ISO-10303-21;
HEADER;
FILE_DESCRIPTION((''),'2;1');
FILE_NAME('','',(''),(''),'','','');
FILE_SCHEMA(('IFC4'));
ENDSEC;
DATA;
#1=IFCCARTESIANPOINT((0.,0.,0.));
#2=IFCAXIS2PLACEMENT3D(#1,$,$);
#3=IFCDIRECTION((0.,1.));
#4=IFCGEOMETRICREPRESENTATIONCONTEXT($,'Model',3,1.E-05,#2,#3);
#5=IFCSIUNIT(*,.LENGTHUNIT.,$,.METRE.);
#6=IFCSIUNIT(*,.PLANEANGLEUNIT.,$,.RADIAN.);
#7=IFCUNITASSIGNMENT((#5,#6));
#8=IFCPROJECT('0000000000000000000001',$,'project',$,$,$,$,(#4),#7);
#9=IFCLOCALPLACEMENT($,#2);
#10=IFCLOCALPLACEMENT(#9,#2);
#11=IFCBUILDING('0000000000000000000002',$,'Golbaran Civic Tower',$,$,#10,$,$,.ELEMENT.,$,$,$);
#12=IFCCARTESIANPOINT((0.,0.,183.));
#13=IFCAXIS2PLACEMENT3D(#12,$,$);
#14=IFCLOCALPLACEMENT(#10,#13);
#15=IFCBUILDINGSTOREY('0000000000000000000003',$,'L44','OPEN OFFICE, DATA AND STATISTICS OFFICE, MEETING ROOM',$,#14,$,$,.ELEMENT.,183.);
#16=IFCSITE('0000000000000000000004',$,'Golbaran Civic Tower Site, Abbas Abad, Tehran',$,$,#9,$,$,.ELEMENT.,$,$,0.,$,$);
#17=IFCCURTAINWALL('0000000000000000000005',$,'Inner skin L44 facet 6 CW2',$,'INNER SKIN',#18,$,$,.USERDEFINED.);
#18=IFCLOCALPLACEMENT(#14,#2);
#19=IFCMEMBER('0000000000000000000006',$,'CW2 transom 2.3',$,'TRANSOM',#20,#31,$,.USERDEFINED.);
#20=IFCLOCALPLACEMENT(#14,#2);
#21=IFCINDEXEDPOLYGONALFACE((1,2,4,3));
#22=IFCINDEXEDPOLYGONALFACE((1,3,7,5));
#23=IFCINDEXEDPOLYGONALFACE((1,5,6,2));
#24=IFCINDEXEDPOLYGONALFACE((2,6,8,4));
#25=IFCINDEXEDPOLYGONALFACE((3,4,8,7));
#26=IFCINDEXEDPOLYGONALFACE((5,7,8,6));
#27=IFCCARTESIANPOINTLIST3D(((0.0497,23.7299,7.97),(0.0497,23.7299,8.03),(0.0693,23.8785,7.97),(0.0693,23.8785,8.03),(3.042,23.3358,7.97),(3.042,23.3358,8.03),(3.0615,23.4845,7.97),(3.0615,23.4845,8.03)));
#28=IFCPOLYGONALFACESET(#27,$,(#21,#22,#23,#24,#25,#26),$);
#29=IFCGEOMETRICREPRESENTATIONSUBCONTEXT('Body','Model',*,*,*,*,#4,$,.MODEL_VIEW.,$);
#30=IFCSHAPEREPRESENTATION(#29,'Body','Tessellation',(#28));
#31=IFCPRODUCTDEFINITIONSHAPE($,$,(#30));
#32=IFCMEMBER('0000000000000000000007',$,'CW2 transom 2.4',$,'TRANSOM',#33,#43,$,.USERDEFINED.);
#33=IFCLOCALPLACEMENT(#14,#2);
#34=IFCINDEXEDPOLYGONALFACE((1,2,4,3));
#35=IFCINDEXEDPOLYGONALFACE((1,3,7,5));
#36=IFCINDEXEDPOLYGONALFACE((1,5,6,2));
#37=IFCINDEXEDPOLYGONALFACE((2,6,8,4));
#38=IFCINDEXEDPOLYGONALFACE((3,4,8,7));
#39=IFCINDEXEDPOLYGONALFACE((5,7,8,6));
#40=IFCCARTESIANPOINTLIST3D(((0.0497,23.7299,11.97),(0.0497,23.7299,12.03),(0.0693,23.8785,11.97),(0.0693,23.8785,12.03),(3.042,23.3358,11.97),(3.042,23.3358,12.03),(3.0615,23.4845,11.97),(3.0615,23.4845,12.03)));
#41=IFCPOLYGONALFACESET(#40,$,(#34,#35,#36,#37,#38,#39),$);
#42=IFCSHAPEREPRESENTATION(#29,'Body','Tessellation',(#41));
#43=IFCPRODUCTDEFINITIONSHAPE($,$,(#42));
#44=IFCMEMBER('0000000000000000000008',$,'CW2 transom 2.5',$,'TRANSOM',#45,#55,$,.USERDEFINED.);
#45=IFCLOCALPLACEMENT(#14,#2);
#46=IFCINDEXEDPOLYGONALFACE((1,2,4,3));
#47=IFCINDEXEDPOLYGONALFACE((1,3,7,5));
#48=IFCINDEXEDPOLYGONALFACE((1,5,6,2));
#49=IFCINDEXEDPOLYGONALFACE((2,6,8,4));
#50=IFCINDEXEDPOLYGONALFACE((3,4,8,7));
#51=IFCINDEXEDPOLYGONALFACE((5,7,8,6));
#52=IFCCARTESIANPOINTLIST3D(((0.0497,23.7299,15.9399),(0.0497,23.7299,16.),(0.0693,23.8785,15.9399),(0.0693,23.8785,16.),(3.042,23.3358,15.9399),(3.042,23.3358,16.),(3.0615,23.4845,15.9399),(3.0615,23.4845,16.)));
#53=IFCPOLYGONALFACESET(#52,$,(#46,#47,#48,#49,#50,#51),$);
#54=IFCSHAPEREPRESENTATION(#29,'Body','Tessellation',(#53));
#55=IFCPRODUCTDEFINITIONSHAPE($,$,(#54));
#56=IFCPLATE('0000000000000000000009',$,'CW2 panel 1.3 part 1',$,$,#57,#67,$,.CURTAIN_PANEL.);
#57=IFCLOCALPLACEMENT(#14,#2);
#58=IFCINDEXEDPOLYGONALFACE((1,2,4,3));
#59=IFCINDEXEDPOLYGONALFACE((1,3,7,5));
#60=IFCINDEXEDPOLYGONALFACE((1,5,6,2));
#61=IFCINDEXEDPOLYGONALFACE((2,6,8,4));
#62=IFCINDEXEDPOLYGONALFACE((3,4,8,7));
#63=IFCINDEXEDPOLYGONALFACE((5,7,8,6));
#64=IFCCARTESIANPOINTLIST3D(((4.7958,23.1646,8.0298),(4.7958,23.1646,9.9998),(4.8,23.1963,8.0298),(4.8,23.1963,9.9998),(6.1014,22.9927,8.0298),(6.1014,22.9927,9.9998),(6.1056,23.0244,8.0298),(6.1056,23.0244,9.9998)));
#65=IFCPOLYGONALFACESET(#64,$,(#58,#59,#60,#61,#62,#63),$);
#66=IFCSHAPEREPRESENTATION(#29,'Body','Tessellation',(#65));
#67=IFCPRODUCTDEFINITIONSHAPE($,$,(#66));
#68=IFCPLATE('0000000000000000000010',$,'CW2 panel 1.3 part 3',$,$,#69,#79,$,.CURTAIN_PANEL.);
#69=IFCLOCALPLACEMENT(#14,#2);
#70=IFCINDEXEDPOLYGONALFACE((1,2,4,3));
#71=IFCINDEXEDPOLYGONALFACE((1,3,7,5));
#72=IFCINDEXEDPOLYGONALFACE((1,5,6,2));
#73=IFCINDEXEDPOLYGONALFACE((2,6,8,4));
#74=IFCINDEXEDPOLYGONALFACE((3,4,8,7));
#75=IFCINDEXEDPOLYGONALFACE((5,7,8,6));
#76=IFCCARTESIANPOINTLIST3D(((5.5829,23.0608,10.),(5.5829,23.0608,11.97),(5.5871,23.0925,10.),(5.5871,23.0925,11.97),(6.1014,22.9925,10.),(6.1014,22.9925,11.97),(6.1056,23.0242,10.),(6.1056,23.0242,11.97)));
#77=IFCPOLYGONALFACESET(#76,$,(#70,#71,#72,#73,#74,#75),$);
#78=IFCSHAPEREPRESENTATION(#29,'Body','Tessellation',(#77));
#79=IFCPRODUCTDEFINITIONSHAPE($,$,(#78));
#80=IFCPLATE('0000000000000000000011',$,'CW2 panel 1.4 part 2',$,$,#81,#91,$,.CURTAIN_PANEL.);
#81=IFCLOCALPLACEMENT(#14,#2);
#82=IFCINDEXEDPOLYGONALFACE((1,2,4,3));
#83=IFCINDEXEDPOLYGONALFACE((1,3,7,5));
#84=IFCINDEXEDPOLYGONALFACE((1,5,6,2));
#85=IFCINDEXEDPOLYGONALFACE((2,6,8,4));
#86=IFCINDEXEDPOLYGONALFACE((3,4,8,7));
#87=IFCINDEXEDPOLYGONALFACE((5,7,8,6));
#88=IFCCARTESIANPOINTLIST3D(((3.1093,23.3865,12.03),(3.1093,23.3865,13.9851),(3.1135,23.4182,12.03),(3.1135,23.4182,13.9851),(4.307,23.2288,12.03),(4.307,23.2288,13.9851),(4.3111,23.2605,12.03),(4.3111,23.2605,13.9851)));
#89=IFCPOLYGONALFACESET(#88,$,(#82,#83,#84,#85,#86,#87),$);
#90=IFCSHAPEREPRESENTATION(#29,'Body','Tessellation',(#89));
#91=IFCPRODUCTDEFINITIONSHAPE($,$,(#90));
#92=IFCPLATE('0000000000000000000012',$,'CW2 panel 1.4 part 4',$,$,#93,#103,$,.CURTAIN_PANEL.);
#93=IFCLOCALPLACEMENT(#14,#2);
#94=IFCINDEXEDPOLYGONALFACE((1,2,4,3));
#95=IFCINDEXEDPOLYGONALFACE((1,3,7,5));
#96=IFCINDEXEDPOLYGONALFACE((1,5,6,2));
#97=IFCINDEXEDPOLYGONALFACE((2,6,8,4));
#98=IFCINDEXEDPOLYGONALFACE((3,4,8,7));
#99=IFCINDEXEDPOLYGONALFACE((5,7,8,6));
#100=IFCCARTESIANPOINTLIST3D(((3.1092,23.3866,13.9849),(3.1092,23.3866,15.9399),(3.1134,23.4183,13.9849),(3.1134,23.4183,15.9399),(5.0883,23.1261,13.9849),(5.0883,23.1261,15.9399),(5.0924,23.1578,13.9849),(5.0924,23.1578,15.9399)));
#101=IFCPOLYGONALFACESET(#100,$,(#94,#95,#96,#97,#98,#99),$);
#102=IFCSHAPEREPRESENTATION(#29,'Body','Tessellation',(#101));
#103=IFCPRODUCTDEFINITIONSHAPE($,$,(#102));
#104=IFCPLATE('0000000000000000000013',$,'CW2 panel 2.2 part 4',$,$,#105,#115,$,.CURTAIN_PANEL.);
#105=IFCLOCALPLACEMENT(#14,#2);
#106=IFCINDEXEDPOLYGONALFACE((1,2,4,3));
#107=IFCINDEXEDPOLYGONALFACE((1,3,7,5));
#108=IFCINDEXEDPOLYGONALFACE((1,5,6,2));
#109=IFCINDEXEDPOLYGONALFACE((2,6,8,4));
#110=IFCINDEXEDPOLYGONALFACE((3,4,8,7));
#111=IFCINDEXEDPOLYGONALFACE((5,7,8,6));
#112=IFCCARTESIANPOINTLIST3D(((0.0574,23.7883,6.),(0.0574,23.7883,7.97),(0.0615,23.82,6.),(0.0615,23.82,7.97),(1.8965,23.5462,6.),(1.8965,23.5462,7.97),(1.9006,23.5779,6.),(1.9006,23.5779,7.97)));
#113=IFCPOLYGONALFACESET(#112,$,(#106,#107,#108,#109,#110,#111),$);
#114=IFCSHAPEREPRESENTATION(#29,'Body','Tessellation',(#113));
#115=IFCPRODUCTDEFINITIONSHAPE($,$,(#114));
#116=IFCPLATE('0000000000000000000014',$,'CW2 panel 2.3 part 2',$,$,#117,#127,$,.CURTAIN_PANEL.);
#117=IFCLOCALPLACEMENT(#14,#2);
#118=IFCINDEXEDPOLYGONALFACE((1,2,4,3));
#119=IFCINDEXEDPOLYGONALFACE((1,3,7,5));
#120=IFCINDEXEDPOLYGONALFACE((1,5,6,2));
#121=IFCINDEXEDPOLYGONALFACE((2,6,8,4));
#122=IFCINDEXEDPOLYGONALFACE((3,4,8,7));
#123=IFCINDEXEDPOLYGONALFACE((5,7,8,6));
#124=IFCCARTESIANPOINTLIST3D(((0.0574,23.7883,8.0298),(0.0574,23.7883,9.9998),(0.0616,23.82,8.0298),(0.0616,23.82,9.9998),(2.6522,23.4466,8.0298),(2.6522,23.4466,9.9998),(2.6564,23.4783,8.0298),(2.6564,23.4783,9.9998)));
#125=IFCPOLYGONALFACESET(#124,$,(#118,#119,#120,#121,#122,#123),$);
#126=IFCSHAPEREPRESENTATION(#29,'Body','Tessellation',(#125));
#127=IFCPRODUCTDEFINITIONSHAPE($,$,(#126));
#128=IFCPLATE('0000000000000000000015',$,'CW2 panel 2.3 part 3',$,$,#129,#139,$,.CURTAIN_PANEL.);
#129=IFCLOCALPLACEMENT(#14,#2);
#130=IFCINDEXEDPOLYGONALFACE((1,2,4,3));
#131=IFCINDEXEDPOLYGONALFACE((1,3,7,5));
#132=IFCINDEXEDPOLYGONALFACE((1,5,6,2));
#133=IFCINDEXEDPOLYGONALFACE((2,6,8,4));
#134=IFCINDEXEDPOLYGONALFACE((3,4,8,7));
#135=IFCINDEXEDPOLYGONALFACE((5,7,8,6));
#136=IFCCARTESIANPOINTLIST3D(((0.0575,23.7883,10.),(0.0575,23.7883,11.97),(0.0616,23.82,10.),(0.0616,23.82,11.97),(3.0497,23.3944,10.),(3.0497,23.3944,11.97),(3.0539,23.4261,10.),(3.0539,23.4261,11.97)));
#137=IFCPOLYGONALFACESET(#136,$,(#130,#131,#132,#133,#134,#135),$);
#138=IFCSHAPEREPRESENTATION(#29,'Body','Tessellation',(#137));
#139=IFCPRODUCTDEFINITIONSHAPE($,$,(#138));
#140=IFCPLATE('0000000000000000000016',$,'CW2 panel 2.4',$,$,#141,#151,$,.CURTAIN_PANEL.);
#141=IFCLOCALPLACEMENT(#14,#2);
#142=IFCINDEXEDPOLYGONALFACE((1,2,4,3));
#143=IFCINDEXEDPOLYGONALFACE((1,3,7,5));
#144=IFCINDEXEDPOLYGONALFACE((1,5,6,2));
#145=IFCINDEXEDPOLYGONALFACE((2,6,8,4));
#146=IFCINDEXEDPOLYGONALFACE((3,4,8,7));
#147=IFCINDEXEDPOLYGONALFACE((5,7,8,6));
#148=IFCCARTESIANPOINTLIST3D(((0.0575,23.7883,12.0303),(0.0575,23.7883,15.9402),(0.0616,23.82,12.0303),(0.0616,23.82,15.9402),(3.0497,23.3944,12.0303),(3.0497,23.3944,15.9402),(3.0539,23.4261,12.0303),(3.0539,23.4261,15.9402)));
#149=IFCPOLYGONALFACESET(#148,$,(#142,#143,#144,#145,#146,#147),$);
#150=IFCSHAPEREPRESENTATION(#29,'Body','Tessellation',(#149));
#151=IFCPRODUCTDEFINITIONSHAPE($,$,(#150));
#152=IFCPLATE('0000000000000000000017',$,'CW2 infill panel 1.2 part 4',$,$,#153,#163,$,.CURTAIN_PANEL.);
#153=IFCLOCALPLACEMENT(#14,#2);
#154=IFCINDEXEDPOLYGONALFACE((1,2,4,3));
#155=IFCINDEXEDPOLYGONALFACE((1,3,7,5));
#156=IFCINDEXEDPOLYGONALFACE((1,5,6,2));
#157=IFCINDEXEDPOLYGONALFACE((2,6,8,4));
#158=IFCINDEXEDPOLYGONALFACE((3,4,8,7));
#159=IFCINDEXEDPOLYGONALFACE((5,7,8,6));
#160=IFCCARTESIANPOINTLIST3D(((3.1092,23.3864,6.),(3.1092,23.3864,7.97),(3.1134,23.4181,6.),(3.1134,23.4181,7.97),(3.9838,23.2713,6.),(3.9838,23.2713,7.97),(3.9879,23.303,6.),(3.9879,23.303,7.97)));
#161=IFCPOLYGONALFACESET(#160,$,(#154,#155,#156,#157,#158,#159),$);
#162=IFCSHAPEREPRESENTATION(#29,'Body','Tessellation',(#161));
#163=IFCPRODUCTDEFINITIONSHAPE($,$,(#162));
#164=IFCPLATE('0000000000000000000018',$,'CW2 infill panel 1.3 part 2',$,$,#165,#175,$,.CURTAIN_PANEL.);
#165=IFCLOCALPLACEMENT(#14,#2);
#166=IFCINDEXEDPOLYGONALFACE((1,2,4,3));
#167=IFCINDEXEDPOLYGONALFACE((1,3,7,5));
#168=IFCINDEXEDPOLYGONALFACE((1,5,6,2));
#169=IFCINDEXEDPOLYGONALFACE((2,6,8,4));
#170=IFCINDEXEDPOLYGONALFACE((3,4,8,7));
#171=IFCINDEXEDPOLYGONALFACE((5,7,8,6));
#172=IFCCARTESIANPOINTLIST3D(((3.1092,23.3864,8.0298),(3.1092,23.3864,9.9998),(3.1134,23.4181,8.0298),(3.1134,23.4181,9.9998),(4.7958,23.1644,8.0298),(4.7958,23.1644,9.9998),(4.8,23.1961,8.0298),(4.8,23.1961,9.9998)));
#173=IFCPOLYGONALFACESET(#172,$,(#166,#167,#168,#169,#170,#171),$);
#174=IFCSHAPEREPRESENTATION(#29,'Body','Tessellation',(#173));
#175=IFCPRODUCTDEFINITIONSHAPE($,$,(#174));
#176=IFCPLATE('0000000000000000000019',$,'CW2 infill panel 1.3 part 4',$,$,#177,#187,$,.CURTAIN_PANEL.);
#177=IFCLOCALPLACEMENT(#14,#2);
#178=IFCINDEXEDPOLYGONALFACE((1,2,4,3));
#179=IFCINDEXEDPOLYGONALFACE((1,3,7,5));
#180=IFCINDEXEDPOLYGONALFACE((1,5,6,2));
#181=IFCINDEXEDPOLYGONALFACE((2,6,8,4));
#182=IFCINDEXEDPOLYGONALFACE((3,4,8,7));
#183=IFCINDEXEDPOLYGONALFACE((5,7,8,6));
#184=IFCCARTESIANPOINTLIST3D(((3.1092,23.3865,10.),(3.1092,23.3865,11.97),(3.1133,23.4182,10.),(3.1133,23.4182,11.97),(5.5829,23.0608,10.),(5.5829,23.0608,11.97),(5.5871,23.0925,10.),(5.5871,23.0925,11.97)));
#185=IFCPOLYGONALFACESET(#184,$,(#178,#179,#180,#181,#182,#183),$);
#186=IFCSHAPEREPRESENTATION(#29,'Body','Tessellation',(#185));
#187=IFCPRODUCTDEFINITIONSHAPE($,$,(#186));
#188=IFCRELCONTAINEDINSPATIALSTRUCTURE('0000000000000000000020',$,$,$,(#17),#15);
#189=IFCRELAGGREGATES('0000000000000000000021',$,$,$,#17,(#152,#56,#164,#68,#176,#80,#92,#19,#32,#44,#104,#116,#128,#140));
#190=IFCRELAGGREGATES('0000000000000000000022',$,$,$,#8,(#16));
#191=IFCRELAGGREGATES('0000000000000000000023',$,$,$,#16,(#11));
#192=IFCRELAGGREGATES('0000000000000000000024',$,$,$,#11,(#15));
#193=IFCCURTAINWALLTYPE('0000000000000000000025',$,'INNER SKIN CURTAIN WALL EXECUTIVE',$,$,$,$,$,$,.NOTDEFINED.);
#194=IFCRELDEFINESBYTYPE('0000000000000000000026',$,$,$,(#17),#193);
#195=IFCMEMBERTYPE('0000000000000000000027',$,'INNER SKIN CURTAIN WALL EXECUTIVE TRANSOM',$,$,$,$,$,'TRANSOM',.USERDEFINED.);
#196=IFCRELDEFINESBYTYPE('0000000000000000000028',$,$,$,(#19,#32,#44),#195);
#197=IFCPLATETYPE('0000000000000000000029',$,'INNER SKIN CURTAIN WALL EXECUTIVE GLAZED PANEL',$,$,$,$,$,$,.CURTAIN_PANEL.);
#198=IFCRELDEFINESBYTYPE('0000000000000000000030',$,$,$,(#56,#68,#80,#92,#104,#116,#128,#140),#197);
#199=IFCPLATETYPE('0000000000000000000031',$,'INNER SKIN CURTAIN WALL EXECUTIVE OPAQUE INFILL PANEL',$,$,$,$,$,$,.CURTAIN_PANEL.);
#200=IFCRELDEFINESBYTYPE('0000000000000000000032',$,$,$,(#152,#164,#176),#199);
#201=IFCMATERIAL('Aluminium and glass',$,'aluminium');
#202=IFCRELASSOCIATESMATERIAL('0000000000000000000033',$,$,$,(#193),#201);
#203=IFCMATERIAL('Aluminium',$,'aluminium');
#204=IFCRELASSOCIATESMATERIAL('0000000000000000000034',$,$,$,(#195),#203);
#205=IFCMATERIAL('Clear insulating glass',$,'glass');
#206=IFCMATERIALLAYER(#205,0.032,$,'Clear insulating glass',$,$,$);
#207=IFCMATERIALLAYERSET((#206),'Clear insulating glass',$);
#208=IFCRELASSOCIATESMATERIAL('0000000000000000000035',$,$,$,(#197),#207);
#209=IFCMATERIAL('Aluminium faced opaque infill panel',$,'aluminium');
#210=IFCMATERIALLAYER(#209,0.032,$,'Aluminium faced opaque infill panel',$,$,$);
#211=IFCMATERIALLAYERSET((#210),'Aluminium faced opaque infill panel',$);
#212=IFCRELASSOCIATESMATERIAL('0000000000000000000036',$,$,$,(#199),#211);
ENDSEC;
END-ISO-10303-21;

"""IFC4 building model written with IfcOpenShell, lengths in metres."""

from ifc_helpers import new_model, si_unit, direction, frame, origin, origin_2d, place, context, subcontext, project, spatial, rectangle, extrude, material, layer, layer_set, material_profile, profile_set, type_object, element, aggregate, save


model = new_model("IFC4")

# Units and contexts
model_context = context("Model", 3, precision=1e-05, world=origin(), true_north=direction((0.0, 1.0)))
body_context = subcontext(model_context, "Body", "Model", "MODEL_VIEW")
ifc_project = project(units=[si_unit("LENGTHUNIT", "METRE"), si_unit("PLANEANGLEUNIT", "RADIAN")], contexts=[model_context])

# Site, building, storey
site_placement = place(None, origin())
site = spatial("IfcSite", under=ifc_project, at=site_placement, Name="Golbaran Civic Tower Site, Abbas Abad, Tehran", CompositionType="ELEMENT", RefElevation=0.0)
building_placement = place(site_placement, origin())
building = spatial("IfcBuilding", under=site, at=building_placement, Name="Golbaran Civic Tower", CompositionType="ELEMENT")
storey_placement = place(building_placement, frame((0.0, 0.0, 183.0)))
storey = spatial("IfcBuildingStorey", under=building, at=storey_placement, Name="L44", Description="OPEN OFFICE, DATA AND STATISTICS OFFICE, MEETING ROOM", CompositionType="ELEMENT", Elevation=183.0)

# Curtain wall, members, plates
ifc_material_1 = material(Name="Aluminium and glass", Category="aluminium")
curtain_wall_type_1 = type_object("IfcCurtainWallType", Name="INNER SKIN CURTAIN WALL EXECUTIVE", PredefinedType="NOTDEFINED", material=ifc_material_1)
curtain_wall_1_placement = place(storey_placement, origin())
curtain_wall_1 = element("IfcCurtainWall", 1, at=curtain_wall_1_placement, inside=storey, type_object=curtain_wall_type_1, Name="Inner skin L44 facet 6 CW2", ObjectType="INNER SKIN", PredefinedType="USERDEFINED")
ifc_material_2 = material(Name="Aluminium", Category="aluminium")
ifc_material_profile = material_profile(ifc_material_2, rectangle(XDim=0.1499, YDim=0.0601, at=origin_2d()), Name="INNER SKIN CURTAIN WALL EXECUTIVE TRANSOM")
ifc_profile_set = profile_set([ifc_material_profile], Name="Aluminium")
member_type = type_object("IfcMemberType", Name="INNER SKIN CURTAIN WALL EXECUTIVE TRANSOM", ElementType="TRANSOM", PredefinedType="USERDEFINED", material=ifc_profile_set)
member_1_placement = place(storey_placement, frame((3.0518, 23.4102, 8.0), z_axis=(-0.99144, 0.130563, 0.0), x_axis=(-0.130563, -0.99144, 0.0)))
member_1 = element("IfcMember", 2, at=member_1_placement, type_object=member_type, Name="CW2 transom 2.3", ObjectType="TRANSOM", PredefinedType="USERDEFINED", context=body_context, shape_type="SweptSolid", body=[
    extrude(rectangle(XDim=0.1499, YDim=0.0601, at=origin_2d()), origin(), (0.0, 0.0, 1.0), 3.0181),
])
member_2_placement = place(storey_placement, frame((3.0518, 23.4102, 12.0), z_axis=(-0.99144, 0.130563, 0.0), x_axis=(-0.130563, -0.99144, 0.0)))
member_2 = element("IfcMember", 3, at=member_2_placement, type_object=member_type, Name="CW2 transom 2.4", ObjectType="TRANSOM", PredefinedType="USERDEFINED", context=body_context, shape_type="SweptSolid", body=[
    extrude(rectangle(XDim=0.1499, YDim=0.0601, at=origin_2d()), origin(), (0.0, 0.0, 1.0), 3.0181),
])
member_3_placement = place(storey_placement, frame((3.0518, 23.4102, 15.97), z_axis=(-0.99144, 0.130563, 0.0), x_axis=(-0.130563, -0.99144, 0.0)))
member_3 = element("IfcMember", 4, at=member_3_placement, type_object=member_type, Name="CW2 transom 2.5", ObjectType="TRANSOM", PredefinedType="USERDEFINED", context=body_context, shape_type="SweptSolid", body=[
    extrude(rectangle(XDim=0.1499, YDim=0.0601, at=origin_2d()), origin(), (0.0, 0.0, 1.0), 3.0181),
])
ifc_material_3 = material(Name="Clear insulating glass", Category="glass")
ifc_layer_1 = layer(ifc_material_3, 0.032, Name="Clear insulating glass")
ifc_layer_set_1 = layer_set([ifc_layer_1], Name="Clear insulating glass")
plate_type_1 = type_object("IfcPlateType", Name="INNER SKIN CURTAIN WALL EXECUTIVE GLAZED PANEL", PredefinedType="CURTAIN_PANEL", material=ifc_layer_set_1)
plate_1_placement = place(storey_placement, frame((5.4507, 23.0945, 8.0298), z_axis=(0.0, 0.0, 1.0), x_axis=(-0.991445, 0.130526, 0.0)))
plate_1 = element("IfcPlate", 5, at=plate_1_placement, type_object=plate_type_1, Name="CW2 panel 1.3 part 1", PredefinedType="CURTAIN_PANEL", context=body_context, shape_type="SweptSolid", body=[
    extrude(rectangle(XDim=1.3169, YDim=0.032, at=origin_2d()), origin(), (0.0, 0.0, 1.0), 1.97),
])
plate_2_placement = place(storey_placement, frame((5.8442, 23.0425, 10.0), z_axis=(0.0, 0.0, 1.0), x_axis=(-0.991445, 0.130526, 0.0)))
plate_2 = element("IfcPlate", 6, at=plate_2_placement, type_object=plate_type_1, Name="CW2 panel 1.3 part 3", PredefinedType="CURTAIN_PANEL", context=body_context, shape_type="SweptSolid", body=[
    extrude(rectangle(XDim=0.5229, YDim=0.032, at=origin_2d()), origin(), (0.0, 0.0, 1.0), 1.97),
])
plate_3_placement = place(storey_placement, frame((3.7102, 23.3235, 12.03), z_axis=(0.0, 0.0, 1.0), x_axis=(-0.991445, 0.130526, 0.0)))
plate_3 = element("IfcPlate", 7, at=plate_3_placement, type_object=plate_type_1, Name="CW2 panel 1.4 part 2", PredefinedType="CURTAIN_PANEL", context=body_context, shape_type="SweptSolid", body=[
    extrude(rectangle(XDim=1.208, YDim=0.032, at=origin_2d()), origin(), (0.0, 0.0, 1.0), 1.9551),
])
plate_4_placement = place(storey_placement, frame((4.1008, 23.2722, 13.9849), z_axis=(0.0, 0.0, 1.0), x_axis=(-0.991445, 0.130526, 0.0)))
plate_4 = element("IfcPlate", 8, at=plate_4_placement, type_object=plate_type_1, Name="CW2 panel 1.4 part 4", PredefinedType="CURTAIN_PANEL", context=body_context, shape_type="SweptSolid", body=[
    extrude(rectangle(XDim=1.9961, YDim=0.032, at=origin_2d()), origin(), (0.0, 0.0, 1.0), 1.9551),
])
plate_5_placement = place(storey_placement, frame((0.979, 23.6831, 6.0), z_axis=(0.0, 0.0, 1.0), x_axis=(-0.991445, 0.130526, 0.0)))
plate_5 = element("IfcPlate", 9, at=plate_5_placement, type_object=plate_type_1, Name="CW2 panel 2.2 part 4", PredefinedType="CURTAIN_PANEL", context=body_context, shape_type="SweptSolid", body=[
    extrude(rectangle(XDim=1.855, YDim=0.032, at=origin_2d()), origin(), (0.0, 0.0, 1.0), 1.97),
])
plate_6_placement = place(storey_placement, frame((1.3569, 23.6333, 8.0298), z_axis=(0.0, 0.0, 1.0), x_axis=(-0.991445, 0.130526, 0.0)))
plate_6 = element("IfcPlate", 10, at=plate_6_placement, type_object=plate_type_1, Name="CW2 panel 2.3 part 2", PredefinedType="CURTAIN_PANEL", context=body_context, shape_type="SweptSolid", body=[
    extrude(rectangle(XDim=2.6172, YDim=0.032, at=origin_2d()), origin(), (0.0, 0.0, 1.0), 1.97),
])
plate_7_placement = place(storey_placement, frame((1.5557, 23.6072, 10.0), z_axis=(0.0, 0.0, 1.0), x_axis=(-0.991445, 0.130526, 0.0)))
plate_7 = element("IfcPlate", 11, at=plate_7_placement, type_object=plate_type_1, Name="CW2 panel 2.3 part 3", PredefinedType="CURTAIN_PANEL", context=body_context, shape_type="SweptSolid", body=[
    extrude(rectangle(XDim=3.0181, YDim=0.032, at=origin_2d()), origin(), (0.0, 0.0, 1.0), 1.97),
])
plate_8_placement = place(storey_placement, frame((1.5557, 23.6072, 12.0303), z_axis=(0.0, 0.0, 1.0), x_axis=(-0.991445, 0.130526, 0.0)))
plate_8 = element("IfcPlate", 12, at=plate_8_placement, type_object=plate_type_1, Name="CW2 panel 2.4", PredefinedType="CURTAIN_PANEL", context=body_context, shape_type="SweptSolid", body=[
    extrude(rectangle(XDim=3.0181, YDim=0.032, at=origin_2d()), origin(), (0.0, 0.0, 1.0), 3.9099),
])
ifc_material_4 = material(Name="Aluminium faced opaque infill panel", Category="aluminium")
ifc_layer_2 = layer(ifc_material_4, 0.032, Name="Aluminium faced opaque infill panel")
ifc_layer_set_2 = layer_set([ifc_layer_2], Name="Aluminium faced opaque infill panel")
plate_type_2 = type_object("IfcPlateType", Name="INNER SKIN CURTAIN WALL EXECUTIVE OPAQUE INFILL PANEL", PredefinedType="CURTAIN_PANEL", material=ifc_layer_set_2)
plate_9_placement = place(storey_placement, frame((3.5486, 23.3447, 6.0), z_axis=(0.0, 0.0, 1.0), x_axis=(-0.991445, 0.130526, 0.0)))
plate_9 = element("IfcPlate", 13, at=plate_9_placement, type_object=plate_type_2, Name="CW2 infill panel 1.2 part 4", PredefinedType="CURTAIN_PANEL", context=body_context, shape_type="SweptSolid", body=[
    extrude(rectangle(XDim=0.8821, YDim=0.032, at=origin_2d()), origin(), (0.0, 0.0, 1.0), 1.97),
])
plate_10_placement = place(storey_placement, frame((3.9546, 23.2913, 8.0298), z_axis=(0.0, 0.0, 1.0), x_axis=(-0.991445, 0.130526, 0.0)))
plate_10 = element("IfcPlate", 14, at=plate_10_placement, type_object=plate_type_2, Name="CW2 infill panel 1.3 part 2", PredefinedType="CURTAIN_PANEL", context=body_context, shape_type="SweptSolid", body=[
    extrude(rectangle(XDim=1.7012, YDim=0.032, at=origin_2d()), origin(), (0.0, 0.0, 1.0), 1.97),
])
plate_11_placement = place(storey_placement, frame((4.3481, 23.2395, 10.0), z_axis=(0.0, 0.0, 1.0), x_axis=(-0.991445, 0.130526, 0.0)))
plate_11 = element("IfcPlate", 15, at=plate_11_placement, type_object=plate_type_2, Name="CW2 infill panel 1.3 part 4", PredefinedType="CURTAIN_PANEL", context=body_context, shape_type="SweptSolid", body=[
    extrude(rectangle(XDim=2.4951, YDim=0.032, at=origin_2d()), origin(), (0.0, 0.0, 1.0), 1.97),
])
aggregate(curtain_wall_1, [plate_9, plate_1, plate_10, plate_2, plate_11, plate_3, plate_4, member_1, member_2, member_3, plate_5, plate_6, plate_7, plate_8])

save(model, "model.ifc")
